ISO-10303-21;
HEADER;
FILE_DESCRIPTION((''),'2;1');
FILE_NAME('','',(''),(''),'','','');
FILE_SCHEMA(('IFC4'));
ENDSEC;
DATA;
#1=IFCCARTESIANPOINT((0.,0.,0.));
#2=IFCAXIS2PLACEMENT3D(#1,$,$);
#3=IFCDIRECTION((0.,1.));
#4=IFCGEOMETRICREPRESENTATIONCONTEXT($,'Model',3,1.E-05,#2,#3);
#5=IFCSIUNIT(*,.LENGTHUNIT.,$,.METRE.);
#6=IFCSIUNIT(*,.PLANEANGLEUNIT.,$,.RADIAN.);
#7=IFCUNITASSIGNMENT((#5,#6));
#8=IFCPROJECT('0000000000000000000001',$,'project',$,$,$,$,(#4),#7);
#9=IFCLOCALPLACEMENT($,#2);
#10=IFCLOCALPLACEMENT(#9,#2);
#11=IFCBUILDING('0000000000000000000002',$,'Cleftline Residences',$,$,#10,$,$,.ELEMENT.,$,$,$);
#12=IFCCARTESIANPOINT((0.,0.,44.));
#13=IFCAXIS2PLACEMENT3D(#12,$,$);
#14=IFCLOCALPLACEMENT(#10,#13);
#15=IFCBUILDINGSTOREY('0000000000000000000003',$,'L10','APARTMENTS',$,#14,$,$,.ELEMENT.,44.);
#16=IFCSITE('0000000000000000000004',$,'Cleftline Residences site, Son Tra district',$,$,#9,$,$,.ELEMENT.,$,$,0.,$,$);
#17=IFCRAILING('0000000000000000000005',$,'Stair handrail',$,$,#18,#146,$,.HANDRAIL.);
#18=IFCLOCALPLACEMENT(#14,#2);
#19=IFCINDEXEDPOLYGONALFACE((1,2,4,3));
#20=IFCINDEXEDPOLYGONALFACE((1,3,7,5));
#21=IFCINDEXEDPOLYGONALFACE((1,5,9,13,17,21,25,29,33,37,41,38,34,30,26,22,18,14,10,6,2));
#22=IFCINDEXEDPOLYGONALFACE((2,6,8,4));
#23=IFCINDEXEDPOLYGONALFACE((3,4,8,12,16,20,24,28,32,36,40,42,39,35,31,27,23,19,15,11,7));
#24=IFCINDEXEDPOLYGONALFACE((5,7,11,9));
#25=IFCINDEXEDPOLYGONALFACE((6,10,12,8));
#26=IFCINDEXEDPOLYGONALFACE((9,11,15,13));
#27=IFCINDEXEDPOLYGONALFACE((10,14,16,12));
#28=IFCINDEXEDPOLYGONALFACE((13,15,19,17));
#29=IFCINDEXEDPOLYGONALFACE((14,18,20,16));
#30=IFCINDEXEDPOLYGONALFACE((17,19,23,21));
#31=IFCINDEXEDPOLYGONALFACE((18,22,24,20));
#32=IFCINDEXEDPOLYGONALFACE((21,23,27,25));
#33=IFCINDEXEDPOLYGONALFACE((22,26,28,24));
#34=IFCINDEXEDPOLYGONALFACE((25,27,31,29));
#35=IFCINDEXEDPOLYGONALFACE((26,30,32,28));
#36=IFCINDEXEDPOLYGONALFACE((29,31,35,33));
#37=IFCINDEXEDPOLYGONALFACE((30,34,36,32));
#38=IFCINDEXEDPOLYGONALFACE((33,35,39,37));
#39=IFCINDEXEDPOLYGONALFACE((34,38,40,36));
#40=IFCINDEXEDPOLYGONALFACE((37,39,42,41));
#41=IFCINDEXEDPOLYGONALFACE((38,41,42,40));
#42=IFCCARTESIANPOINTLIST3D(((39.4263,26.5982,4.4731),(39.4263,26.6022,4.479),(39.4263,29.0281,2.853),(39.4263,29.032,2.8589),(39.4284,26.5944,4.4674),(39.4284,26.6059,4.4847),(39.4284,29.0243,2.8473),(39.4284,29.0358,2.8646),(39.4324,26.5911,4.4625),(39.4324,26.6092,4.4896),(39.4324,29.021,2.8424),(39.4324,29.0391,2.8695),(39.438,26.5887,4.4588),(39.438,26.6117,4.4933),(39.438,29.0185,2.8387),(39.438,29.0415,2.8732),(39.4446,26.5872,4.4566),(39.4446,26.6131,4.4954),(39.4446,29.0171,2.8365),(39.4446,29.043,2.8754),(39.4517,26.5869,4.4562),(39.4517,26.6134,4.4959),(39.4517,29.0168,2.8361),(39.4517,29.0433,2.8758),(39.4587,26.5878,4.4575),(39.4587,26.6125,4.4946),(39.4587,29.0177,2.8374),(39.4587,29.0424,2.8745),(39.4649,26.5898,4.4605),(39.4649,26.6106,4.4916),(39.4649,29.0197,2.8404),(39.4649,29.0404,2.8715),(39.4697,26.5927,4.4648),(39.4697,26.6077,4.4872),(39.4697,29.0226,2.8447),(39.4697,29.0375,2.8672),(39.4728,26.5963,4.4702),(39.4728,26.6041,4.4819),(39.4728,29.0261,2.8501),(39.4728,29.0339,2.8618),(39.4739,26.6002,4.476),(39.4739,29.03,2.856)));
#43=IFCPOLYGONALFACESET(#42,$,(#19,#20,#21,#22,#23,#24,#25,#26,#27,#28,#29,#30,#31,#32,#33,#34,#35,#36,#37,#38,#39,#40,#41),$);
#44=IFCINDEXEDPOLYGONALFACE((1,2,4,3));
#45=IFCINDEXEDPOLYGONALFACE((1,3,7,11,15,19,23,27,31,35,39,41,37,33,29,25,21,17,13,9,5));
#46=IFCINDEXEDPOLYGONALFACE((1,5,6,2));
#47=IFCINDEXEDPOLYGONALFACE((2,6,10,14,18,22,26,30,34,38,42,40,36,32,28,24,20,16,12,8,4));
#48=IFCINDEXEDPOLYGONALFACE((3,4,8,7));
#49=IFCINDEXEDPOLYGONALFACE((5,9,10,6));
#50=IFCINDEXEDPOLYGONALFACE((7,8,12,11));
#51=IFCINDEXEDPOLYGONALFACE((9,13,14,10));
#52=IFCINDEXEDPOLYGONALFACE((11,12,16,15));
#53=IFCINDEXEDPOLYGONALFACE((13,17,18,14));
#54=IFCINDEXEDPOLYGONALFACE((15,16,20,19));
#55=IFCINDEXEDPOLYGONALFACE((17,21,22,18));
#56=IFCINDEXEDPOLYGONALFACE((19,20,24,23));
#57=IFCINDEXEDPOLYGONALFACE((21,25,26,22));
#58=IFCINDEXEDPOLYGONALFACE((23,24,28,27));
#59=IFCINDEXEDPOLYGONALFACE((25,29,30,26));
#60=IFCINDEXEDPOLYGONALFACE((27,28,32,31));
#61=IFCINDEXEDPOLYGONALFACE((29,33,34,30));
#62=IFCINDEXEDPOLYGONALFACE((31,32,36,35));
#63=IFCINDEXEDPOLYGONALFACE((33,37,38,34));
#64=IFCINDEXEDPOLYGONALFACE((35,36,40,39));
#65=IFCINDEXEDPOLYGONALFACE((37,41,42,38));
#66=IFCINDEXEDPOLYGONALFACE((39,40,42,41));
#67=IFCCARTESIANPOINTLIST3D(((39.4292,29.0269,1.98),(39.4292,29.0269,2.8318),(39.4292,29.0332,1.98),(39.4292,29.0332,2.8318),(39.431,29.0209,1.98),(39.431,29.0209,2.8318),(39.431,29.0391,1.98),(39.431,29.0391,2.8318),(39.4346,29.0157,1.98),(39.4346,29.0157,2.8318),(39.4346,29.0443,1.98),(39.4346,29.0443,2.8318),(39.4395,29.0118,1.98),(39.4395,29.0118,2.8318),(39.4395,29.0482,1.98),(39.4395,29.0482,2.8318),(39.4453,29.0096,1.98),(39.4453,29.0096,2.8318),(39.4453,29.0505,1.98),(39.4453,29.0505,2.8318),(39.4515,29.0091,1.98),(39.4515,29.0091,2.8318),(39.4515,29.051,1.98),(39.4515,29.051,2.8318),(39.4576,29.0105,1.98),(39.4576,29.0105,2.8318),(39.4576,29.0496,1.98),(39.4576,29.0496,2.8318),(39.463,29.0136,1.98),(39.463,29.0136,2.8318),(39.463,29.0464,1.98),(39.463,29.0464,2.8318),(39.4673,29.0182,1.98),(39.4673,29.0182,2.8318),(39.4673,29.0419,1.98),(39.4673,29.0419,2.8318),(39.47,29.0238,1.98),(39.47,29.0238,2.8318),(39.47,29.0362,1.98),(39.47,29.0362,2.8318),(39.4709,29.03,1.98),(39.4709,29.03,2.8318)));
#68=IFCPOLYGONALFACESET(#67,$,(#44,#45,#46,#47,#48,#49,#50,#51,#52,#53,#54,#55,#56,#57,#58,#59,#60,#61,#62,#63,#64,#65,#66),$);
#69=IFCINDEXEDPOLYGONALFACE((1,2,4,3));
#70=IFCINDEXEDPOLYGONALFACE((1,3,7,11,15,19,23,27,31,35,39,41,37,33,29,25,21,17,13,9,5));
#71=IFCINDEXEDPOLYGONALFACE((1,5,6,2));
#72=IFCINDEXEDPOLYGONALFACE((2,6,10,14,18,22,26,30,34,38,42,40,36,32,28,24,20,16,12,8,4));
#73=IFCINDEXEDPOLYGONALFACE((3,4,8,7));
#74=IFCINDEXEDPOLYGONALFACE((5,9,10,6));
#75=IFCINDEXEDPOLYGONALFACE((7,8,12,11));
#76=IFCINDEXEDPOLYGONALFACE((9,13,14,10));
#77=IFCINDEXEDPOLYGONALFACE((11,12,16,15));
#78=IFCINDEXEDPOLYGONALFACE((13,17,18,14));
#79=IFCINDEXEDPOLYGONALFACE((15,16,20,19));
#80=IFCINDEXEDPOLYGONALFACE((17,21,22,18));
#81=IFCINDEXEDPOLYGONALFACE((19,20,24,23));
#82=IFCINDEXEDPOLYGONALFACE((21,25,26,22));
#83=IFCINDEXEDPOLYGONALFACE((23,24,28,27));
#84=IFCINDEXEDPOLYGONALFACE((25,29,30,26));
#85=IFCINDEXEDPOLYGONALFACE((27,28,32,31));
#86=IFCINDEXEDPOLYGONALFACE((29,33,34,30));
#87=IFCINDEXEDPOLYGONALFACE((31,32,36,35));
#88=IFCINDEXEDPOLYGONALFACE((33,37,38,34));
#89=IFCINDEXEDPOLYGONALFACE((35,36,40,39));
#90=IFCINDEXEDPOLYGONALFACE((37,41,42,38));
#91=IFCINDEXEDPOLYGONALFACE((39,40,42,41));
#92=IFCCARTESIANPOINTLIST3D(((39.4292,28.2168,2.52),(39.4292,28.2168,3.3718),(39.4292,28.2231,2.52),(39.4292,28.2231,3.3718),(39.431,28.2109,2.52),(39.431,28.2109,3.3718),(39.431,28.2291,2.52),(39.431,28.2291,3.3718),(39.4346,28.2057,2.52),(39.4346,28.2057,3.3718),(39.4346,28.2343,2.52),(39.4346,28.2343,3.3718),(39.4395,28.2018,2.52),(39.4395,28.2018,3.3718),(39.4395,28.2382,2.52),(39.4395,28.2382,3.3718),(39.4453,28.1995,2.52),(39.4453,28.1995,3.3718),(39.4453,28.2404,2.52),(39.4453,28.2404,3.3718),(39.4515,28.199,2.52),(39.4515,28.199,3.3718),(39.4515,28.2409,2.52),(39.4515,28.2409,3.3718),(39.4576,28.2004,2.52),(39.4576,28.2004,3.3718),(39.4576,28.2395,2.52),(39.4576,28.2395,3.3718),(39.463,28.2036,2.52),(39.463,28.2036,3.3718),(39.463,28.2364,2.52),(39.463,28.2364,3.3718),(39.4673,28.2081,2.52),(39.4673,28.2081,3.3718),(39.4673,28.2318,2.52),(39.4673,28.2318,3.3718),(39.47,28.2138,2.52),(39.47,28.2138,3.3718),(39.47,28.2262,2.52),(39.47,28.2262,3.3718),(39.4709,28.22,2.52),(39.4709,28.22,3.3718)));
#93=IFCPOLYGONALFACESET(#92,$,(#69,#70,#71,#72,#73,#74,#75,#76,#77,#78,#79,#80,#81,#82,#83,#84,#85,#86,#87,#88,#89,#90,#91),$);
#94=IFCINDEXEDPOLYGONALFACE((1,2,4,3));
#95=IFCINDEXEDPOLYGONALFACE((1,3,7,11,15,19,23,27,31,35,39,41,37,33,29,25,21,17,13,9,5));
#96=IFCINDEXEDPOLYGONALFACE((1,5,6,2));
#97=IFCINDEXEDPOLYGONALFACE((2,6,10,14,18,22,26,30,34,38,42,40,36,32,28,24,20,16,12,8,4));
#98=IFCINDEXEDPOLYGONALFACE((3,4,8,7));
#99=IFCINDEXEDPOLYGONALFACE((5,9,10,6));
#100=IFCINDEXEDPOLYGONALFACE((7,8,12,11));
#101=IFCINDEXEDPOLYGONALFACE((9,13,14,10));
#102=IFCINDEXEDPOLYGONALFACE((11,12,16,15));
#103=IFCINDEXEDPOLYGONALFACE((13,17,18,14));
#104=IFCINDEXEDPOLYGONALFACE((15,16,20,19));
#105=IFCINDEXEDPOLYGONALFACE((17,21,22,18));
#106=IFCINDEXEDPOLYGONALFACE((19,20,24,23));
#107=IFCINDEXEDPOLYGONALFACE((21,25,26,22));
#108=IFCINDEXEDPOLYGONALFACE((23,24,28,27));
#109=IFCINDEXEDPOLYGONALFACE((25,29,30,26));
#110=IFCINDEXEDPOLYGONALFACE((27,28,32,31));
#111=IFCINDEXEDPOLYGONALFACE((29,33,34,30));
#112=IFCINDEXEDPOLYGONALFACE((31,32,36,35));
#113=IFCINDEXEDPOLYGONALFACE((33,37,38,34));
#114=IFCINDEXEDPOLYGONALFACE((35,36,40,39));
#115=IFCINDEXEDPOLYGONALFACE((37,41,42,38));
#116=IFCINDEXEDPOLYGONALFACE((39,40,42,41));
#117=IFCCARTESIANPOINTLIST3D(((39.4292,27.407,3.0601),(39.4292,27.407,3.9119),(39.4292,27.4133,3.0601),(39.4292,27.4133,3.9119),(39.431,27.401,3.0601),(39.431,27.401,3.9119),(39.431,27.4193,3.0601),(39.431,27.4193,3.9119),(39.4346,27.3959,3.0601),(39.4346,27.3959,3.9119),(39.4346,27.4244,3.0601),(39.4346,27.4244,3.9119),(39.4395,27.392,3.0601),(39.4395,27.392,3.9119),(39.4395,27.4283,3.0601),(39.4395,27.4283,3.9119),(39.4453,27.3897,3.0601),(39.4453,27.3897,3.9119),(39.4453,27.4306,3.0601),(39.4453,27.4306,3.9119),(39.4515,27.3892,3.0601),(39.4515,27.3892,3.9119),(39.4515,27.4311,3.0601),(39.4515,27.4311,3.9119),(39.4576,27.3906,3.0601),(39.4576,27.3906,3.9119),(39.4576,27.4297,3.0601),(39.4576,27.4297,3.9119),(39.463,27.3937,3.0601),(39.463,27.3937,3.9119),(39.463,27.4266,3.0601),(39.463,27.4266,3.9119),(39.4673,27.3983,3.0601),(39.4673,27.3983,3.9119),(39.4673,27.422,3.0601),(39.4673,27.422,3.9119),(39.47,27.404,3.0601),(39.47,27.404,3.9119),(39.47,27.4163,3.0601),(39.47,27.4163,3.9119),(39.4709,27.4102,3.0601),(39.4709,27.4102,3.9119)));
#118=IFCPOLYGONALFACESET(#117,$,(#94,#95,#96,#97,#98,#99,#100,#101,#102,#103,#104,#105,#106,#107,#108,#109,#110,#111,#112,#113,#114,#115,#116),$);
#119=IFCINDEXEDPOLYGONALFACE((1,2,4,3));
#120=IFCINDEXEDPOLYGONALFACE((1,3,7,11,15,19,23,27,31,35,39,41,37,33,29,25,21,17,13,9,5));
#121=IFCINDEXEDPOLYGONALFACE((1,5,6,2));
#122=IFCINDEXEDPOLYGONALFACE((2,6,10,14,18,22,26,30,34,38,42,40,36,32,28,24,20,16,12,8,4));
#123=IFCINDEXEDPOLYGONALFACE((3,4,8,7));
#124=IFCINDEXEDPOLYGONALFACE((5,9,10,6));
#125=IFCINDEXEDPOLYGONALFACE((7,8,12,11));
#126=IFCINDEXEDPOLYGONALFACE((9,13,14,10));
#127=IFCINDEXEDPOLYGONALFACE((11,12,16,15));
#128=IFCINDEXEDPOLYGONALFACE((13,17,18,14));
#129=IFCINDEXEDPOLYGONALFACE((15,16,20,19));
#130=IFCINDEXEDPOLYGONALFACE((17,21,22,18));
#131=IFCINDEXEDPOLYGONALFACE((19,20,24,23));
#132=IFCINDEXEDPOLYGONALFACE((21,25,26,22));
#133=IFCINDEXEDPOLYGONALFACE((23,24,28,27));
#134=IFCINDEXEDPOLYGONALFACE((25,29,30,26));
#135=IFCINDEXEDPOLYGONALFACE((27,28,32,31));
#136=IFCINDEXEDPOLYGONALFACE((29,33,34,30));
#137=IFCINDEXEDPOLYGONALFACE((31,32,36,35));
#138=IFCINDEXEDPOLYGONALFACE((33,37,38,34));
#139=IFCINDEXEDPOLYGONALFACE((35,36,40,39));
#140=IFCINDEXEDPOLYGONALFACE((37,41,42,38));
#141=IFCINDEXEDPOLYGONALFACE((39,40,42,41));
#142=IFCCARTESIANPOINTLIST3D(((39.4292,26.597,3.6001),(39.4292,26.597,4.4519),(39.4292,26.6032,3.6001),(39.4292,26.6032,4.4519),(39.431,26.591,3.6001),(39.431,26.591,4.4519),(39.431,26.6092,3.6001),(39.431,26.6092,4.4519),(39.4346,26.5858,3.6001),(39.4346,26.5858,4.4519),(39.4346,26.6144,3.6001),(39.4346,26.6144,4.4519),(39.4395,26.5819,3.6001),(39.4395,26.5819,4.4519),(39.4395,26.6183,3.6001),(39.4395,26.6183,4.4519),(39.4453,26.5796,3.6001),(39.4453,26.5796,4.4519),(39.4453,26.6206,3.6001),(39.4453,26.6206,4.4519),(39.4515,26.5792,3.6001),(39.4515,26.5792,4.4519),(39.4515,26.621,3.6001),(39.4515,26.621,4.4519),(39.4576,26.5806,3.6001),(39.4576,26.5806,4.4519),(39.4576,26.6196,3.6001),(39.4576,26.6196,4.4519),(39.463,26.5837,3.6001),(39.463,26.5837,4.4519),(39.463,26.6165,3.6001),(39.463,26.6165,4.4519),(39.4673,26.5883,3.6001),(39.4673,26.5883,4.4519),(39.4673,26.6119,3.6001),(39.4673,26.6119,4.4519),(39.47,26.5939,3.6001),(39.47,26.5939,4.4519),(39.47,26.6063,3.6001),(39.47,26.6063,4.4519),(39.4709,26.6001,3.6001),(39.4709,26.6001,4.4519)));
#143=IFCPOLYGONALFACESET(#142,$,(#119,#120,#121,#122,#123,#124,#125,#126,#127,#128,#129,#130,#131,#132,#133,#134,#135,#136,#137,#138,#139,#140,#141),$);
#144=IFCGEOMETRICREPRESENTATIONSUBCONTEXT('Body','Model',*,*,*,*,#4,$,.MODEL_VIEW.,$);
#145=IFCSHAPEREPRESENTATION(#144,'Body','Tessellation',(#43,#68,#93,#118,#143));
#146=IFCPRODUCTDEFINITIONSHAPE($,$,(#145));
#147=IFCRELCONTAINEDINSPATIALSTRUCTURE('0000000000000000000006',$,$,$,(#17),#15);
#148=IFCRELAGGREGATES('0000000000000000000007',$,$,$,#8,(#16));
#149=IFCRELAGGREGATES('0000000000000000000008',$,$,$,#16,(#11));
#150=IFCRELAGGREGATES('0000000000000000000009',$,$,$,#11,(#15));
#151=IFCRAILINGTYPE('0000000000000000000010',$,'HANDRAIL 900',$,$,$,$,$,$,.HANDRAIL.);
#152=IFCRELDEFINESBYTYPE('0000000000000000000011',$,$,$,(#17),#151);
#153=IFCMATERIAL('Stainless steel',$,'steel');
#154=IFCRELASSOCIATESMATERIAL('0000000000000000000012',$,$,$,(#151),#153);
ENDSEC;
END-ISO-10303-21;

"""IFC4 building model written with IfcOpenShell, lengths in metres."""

from ifc_helpers import new_model, si_unit, direction, frame, origin, origin_2d, place, context, subcontext, project, spatial, circle, extrude, material, type_object, element, save


model = new_model("IFC4")

# Units and contexts
model_context = context("Model", 3, precision=1e-05, world=origin(), true_north=direction((0.0, 1.0)))
body_context = subcontext(model_context, "Body", "Model", "MODEL_VIEW")
ifc_project = project(units=[si_unit("LENGTHUNIT", "METRE"), si_unit("PLANEANGLEUNIT", "RADIAN")], contexts=[model_context])

# Site, building, storey
site_placement = place(None, origin())
site = spatial("IfcSite", under=ifc_project, at=site_placement, Name="Cleftline Residences site, Son Tra district", CompositionType="ELEMENT", RefElevation=0.0)
building_placement = place(site_placement, origin())
building = spatial("IfcBuilding", under=site, at=building_placement, Name="Cleftline Residences", CompositionType="ELEMENT")
storey_placement = place(building_placement, frame((0.0, 0.0, 44.0)))
storey = spatial("IfcBuildingStorey", under=building, at=storey_placement, Name="L10", Description="APARTMENTS", CompositionType="ELEMENT", Elevation=44.0)

# Railing
ifc_material_1 = material(Name="Stainless steel", Category="steel")
railing_type = type_object("IfcRailingType", Name="HANDRAIL 900", PredefinedType="HANDRAIL", material=ifc_material_1)
railing_1_placement = place(storey_placement, frame((39.45, 29.03, 1.98)))
element("IfcRailing", 1, at=railing_1_placement, inside=storey, type_object=railing_type, Name="Stair handrail", PredefinedType="HANDRAIL", context=body_context, shape_type="SweptSolid", body=[
    extrude(circle(Radius=0.0239, at=origin_2d()), frame((0.0, 0.0, 0.876), z_axis=(0.0, -0.832025, 0.554739), x_axis=(1.0, 0.0, 0.0)), (0.0, 0.0, 1.0), 2.9204),
    extrude(circle(Radius=0.021, at=origin_2d()), origin(), (0.0, 0.0, 1.0), 0.8518),
    extrude(circle(Radius=0.021, at=origin_2d()), frame((0.0, -0.8101, 0.54)), (0.0, 0.0, 1.0), 0.8518),
    extrude(circle(Radius=0.021, at=origin_2d()), frame((0.0, -1.6199, 1.0801)), (0.0, 0.0, 1.0), 0.8518),
    extrude(circle(Radius=0.021, at=origin_2d()), frame((0.0, -2.4299, 1.6201)), (0.0, 0.0, 1.0), 0.8518),
])

save(model, "model.ifc")
